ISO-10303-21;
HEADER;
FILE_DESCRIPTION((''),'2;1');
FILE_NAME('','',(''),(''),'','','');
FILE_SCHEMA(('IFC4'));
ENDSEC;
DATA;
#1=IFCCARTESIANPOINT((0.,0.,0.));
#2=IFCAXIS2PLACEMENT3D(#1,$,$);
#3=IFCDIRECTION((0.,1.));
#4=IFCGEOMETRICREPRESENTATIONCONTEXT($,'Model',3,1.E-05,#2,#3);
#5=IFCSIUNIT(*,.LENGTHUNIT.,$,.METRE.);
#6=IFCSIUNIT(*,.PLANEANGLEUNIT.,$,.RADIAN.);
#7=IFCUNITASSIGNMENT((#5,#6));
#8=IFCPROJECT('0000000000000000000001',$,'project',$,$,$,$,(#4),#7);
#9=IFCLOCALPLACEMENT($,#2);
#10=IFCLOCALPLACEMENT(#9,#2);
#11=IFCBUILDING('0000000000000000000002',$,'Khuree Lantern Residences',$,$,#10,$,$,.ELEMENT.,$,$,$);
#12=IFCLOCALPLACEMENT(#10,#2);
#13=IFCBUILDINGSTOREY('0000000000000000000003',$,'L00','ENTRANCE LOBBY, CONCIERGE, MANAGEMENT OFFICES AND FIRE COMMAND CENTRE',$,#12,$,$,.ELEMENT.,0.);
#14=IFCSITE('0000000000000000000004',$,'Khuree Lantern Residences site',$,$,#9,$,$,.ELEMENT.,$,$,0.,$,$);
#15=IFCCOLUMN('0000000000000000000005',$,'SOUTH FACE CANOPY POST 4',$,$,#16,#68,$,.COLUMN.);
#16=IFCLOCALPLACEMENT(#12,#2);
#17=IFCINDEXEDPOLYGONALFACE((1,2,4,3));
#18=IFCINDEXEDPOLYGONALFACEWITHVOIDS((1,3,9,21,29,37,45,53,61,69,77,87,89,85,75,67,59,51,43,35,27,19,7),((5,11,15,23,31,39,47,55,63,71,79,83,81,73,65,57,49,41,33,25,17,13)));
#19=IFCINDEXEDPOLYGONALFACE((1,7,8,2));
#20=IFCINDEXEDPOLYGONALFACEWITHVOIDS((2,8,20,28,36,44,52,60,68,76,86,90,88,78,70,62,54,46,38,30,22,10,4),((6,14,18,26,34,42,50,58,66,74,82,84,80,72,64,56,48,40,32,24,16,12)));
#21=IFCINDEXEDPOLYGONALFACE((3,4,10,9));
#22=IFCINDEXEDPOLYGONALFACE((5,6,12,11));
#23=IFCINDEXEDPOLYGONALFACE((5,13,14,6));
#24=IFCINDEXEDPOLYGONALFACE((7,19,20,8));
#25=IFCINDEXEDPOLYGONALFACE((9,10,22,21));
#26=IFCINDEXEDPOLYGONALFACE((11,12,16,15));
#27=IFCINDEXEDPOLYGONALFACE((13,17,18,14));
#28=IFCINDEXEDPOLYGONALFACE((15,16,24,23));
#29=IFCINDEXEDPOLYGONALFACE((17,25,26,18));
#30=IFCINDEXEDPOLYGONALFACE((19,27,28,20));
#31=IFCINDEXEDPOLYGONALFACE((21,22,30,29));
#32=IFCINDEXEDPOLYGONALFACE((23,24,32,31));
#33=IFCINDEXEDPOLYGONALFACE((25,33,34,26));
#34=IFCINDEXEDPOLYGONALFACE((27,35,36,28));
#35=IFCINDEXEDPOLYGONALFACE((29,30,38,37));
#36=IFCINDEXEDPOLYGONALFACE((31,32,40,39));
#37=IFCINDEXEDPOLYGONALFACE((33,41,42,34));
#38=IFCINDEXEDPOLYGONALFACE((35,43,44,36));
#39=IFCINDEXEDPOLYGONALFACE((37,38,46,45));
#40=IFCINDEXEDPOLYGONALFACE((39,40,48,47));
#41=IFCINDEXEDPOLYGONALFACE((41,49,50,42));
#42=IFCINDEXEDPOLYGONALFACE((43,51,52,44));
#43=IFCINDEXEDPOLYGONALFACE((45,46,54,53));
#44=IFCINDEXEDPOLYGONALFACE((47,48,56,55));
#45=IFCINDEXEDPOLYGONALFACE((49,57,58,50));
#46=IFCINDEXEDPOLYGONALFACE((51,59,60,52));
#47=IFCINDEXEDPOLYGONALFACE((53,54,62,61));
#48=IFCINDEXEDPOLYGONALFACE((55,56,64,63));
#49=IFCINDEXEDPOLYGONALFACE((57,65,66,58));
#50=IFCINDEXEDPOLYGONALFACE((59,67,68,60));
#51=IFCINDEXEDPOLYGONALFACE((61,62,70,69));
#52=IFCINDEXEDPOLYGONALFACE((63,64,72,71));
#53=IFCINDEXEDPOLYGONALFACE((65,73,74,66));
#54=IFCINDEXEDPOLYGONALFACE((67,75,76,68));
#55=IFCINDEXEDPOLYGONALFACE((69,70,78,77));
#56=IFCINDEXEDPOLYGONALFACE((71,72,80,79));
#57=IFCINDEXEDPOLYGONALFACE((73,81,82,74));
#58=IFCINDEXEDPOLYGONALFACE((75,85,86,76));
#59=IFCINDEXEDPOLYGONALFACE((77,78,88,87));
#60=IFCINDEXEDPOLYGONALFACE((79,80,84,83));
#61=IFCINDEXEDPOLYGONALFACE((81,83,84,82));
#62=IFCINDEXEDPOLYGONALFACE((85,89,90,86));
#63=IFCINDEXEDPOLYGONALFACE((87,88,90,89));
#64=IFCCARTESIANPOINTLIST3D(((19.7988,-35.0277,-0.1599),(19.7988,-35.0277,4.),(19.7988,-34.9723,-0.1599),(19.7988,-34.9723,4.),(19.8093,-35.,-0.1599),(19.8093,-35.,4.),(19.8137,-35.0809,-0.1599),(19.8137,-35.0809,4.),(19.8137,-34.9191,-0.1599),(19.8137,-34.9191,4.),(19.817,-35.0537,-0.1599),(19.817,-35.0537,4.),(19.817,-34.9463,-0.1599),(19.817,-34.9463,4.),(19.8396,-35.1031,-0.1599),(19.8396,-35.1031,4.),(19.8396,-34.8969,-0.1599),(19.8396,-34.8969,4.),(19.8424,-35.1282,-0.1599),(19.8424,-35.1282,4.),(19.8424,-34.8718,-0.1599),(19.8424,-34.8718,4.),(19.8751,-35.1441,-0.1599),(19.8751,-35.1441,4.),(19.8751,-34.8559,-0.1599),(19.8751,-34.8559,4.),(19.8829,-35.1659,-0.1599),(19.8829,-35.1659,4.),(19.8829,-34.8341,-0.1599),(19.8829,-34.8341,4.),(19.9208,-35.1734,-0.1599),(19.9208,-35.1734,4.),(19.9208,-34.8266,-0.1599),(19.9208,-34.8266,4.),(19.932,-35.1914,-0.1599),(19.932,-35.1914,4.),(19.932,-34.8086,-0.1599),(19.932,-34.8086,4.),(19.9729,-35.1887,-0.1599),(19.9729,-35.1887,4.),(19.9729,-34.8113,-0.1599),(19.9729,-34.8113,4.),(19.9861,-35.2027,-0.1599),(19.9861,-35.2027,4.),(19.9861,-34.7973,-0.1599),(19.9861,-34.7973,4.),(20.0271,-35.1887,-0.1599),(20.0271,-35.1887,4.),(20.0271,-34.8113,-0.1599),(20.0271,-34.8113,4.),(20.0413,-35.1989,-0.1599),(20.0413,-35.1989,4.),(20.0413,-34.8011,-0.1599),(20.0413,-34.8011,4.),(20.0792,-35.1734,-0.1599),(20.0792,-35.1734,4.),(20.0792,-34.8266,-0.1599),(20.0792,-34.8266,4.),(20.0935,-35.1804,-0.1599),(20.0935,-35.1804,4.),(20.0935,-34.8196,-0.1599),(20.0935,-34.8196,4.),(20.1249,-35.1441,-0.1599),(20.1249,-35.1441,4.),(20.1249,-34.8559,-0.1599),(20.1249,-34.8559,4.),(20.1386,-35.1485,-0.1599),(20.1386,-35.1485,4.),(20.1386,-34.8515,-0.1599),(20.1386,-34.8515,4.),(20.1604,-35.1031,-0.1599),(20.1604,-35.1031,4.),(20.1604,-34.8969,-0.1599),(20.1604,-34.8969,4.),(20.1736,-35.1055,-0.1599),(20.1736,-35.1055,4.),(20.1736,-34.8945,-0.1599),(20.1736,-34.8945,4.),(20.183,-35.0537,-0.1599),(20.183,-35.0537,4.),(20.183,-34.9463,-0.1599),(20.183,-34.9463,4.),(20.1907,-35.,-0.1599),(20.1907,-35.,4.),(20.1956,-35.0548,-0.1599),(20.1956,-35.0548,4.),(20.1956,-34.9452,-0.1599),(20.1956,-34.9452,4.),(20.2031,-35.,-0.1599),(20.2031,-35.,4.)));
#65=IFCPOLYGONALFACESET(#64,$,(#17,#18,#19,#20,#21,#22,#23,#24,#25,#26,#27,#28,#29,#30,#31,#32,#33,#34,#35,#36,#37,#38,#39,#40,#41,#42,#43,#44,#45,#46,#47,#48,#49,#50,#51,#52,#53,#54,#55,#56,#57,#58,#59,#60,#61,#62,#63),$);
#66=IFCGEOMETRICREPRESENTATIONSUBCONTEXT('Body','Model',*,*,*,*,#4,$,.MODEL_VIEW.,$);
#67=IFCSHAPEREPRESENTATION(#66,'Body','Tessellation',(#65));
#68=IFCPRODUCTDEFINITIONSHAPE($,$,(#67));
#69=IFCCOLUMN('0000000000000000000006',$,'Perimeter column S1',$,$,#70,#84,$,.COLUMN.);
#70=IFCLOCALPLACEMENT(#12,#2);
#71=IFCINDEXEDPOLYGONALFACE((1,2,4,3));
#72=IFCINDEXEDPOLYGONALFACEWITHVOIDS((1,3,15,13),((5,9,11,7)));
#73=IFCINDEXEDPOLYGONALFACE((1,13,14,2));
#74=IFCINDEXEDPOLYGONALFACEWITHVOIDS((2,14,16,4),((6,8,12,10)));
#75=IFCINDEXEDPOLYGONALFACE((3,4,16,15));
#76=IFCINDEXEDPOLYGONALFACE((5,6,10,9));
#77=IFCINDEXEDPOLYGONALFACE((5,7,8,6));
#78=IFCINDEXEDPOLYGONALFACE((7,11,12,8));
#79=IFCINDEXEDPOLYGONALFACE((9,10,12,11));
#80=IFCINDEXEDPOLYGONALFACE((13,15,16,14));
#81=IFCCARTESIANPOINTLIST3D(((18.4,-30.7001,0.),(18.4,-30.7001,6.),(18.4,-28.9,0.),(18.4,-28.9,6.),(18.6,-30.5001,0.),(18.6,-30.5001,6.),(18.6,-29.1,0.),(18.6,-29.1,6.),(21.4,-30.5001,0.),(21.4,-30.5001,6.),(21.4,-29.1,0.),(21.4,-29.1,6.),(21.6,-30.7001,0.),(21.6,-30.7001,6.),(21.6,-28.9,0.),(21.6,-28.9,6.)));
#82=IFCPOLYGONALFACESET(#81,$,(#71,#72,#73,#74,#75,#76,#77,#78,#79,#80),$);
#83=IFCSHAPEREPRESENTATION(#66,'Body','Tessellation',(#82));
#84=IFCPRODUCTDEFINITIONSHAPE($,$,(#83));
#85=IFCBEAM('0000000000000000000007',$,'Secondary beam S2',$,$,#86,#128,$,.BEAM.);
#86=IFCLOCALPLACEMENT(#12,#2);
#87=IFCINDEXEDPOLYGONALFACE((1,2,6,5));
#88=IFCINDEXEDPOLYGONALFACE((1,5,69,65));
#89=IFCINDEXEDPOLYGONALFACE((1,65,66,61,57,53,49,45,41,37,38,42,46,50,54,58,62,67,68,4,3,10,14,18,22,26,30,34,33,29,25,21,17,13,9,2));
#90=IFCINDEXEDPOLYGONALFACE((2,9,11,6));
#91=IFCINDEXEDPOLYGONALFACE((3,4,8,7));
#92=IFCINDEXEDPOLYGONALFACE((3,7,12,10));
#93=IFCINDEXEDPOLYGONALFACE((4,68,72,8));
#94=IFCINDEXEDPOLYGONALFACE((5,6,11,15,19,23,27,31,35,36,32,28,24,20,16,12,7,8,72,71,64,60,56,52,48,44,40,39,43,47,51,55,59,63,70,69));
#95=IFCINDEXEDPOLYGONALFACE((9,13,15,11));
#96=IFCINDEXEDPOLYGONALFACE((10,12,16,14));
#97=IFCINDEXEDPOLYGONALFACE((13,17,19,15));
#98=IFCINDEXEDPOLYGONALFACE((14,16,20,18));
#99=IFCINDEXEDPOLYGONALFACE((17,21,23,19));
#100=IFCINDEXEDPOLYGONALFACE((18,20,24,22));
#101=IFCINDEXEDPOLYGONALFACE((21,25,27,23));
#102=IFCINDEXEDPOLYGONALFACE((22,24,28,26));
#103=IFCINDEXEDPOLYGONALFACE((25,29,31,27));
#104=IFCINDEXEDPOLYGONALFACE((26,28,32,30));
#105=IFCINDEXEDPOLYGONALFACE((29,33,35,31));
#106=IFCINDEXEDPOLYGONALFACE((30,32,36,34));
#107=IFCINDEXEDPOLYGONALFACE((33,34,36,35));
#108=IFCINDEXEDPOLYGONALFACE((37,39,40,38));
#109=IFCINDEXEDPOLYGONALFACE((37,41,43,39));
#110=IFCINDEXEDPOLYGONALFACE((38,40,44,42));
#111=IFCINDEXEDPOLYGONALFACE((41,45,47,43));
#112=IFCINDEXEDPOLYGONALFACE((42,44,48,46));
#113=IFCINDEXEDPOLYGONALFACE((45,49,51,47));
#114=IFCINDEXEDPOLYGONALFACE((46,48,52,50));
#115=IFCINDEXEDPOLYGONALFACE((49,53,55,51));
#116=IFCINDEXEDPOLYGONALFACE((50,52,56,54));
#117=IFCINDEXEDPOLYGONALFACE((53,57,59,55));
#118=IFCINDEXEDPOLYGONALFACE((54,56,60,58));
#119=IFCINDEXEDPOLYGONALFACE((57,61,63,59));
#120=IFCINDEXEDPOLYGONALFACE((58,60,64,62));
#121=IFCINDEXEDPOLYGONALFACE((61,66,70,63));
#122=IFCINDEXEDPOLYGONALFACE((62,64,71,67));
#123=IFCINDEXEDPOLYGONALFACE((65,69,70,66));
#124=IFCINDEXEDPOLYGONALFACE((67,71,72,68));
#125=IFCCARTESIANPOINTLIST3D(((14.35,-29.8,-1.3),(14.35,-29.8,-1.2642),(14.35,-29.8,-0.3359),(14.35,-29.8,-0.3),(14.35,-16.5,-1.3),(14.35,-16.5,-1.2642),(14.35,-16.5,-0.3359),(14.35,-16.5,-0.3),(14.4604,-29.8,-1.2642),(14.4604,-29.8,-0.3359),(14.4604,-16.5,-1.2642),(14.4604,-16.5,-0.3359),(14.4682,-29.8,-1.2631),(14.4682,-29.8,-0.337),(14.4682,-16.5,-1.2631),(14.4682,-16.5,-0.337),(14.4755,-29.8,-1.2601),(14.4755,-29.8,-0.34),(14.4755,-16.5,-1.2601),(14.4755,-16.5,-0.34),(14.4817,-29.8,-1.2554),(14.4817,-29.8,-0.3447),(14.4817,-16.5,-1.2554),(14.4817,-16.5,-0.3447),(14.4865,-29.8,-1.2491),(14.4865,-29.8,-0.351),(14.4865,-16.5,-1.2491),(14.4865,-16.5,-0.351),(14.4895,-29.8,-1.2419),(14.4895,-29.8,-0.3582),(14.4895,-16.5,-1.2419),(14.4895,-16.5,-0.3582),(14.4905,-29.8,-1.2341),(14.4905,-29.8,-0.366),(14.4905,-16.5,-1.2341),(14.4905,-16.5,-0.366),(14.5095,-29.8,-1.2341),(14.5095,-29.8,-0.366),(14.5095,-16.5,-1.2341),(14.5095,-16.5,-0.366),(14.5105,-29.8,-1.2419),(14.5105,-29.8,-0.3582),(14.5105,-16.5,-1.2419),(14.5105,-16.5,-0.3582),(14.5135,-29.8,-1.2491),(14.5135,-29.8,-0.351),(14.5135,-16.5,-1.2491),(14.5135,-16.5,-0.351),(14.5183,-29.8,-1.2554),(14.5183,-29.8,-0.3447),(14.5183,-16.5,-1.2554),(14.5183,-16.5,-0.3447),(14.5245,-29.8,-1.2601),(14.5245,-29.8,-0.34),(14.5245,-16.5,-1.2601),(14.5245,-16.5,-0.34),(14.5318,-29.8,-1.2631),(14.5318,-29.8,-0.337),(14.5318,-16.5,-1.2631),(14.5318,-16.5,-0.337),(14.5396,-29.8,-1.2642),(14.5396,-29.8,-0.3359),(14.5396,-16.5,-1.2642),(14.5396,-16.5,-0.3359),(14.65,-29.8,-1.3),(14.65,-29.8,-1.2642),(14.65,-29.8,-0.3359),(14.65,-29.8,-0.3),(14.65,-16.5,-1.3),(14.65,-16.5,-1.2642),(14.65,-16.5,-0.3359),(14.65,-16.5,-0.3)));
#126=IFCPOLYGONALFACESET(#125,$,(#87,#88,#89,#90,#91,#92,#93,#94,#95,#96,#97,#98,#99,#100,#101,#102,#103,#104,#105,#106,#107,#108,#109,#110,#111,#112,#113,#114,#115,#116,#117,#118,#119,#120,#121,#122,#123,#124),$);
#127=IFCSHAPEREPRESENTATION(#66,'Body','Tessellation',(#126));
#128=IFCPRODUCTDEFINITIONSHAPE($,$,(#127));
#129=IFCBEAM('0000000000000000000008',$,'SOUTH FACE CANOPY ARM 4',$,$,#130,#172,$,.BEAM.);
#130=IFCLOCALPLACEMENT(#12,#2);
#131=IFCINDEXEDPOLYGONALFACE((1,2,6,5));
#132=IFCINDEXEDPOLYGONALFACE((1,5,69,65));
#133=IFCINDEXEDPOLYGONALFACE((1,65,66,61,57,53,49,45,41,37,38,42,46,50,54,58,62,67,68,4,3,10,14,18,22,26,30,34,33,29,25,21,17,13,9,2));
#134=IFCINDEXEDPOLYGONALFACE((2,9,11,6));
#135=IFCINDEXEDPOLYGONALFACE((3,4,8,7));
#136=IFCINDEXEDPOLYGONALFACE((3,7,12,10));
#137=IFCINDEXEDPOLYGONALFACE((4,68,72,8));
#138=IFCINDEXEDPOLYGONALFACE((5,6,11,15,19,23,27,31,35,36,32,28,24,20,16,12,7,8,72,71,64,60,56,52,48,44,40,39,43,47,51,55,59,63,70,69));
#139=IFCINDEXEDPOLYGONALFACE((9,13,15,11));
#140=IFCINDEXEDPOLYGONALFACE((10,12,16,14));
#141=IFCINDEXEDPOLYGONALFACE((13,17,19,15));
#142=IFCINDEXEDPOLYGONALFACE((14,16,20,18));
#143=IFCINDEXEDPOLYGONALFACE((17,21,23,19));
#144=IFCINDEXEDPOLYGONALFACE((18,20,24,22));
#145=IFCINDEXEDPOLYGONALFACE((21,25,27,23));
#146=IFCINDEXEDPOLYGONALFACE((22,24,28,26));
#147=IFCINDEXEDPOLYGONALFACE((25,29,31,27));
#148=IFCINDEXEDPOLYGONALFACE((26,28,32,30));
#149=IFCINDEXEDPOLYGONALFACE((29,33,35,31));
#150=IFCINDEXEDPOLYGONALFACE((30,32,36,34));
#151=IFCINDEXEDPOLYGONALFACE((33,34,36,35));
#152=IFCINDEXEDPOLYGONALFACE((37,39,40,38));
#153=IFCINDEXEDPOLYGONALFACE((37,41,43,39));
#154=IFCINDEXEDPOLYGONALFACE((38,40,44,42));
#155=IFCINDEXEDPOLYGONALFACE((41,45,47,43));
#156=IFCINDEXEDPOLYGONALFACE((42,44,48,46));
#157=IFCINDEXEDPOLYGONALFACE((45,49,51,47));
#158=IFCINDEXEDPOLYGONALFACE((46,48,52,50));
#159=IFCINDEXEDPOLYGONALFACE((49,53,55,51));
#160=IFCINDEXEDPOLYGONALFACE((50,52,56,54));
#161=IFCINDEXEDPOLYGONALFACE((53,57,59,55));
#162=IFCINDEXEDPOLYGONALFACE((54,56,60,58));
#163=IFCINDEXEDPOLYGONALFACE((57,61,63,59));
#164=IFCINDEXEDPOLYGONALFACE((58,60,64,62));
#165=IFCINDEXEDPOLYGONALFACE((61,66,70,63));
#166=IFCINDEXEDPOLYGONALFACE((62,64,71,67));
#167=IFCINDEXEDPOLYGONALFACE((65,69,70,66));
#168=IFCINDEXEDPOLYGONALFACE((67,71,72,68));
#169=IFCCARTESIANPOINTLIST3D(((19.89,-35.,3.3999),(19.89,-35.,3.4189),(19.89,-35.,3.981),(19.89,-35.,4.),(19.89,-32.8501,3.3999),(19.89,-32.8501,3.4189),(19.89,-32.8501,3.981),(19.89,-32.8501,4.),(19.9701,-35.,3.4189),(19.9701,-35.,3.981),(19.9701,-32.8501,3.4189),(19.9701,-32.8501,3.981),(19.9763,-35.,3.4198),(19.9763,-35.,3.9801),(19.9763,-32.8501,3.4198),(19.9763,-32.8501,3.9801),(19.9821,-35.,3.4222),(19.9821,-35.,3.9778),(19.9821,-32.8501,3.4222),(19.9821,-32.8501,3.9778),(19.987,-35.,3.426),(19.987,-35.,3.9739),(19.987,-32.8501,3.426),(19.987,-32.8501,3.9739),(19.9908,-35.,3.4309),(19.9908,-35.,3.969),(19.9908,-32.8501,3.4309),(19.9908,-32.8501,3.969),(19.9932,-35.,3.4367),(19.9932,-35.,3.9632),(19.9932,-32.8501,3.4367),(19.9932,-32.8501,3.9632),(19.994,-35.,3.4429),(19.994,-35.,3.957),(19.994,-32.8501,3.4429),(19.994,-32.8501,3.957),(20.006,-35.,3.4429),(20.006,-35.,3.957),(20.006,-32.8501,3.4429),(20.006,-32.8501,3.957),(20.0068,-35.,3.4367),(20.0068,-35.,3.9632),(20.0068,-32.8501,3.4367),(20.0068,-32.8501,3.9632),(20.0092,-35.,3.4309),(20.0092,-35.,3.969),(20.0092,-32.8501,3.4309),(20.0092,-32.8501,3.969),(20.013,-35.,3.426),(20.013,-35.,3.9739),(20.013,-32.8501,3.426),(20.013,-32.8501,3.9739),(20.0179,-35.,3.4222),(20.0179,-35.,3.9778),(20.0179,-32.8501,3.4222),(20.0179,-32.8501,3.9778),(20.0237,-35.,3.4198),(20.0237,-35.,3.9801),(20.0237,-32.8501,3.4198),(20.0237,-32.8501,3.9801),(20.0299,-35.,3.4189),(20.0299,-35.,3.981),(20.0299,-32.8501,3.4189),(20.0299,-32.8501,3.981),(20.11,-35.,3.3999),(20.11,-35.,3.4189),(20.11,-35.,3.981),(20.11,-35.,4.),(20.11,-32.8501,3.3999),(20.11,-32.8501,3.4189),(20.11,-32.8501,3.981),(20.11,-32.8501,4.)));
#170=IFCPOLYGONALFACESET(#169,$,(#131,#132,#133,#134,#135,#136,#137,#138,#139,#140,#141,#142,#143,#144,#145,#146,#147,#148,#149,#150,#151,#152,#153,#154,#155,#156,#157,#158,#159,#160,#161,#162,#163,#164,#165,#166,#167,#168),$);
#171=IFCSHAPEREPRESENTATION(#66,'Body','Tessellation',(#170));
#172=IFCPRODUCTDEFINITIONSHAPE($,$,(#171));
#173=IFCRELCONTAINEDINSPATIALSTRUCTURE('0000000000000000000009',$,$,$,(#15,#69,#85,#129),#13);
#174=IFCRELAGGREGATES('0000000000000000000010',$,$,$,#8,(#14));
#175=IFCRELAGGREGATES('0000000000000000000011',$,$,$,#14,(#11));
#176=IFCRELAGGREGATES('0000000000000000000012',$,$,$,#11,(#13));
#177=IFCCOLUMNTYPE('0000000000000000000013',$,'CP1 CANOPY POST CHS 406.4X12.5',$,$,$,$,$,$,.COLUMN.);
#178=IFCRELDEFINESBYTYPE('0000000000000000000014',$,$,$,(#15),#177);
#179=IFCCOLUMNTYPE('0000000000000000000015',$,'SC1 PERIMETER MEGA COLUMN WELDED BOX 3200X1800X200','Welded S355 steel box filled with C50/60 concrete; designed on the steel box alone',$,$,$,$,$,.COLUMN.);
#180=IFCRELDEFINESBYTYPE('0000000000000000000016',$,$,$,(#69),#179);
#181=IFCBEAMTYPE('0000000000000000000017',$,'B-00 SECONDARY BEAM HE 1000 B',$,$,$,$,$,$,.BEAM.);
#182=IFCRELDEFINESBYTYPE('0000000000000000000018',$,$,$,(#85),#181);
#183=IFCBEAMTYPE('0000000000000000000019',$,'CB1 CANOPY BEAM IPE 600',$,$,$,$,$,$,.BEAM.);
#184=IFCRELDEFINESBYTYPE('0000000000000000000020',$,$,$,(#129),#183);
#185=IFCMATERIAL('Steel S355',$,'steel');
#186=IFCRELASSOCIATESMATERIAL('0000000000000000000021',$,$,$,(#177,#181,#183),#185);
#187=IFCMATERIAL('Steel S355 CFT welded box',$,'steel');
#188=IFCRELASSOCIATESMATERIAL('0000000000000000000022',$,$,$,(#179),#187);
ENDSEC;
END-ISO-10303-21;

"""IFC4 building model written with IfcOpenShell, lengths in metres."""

from ifc_helpers import new_model, si_unit, direction, frame, origin, origin_2d, place, context, subcontext, project, spatial, hollow_rectangle, hollow_circle, i_section, extrude, material, material_profile, profile_set, type_object, element, save


model = new_model("IFC4")

# Units and contexts
model_context = context("Model", 3, precision=1e-05, world=origin(), true_north=direction((0.0, 1.0)))
body_context = subcontext(model_context, "Body", "Model", "MODEL_VIEW")
ifc_project = project(units=[si_unit("LENGTHUNIT", "METRE"), si_unit("PLANEANGLEUNIT", "RADIAN")], contexts=[model_context])

# Site, building, storey
site_placement = place(None, origin())
site = spatial("IfcSite", under=ifc_project, at=site_placement, Name="Khuree Lantern Residences site", CompositionType="ELEMENT", RefElevation=0.0)
building_placement = place(site_placement, origin())
building = spatial("IfcBuilding", under=site, at=building_placement, Name="Khuree Lantern Residences", CompositionType="ELEMENT")
storey_placement = place(building_placement, origin())
storey = spatial("IfcBuildingStorey", under=building, at=storey_placement, Name="L00", Description="ENTRANCE LOBBY, CONCIERGE, MANAGEMENT OFFICES AND FIRE COMMAND CENTRE", CompositionType="ELEMENT", Elevation=0.0)

# Columns
ifc_material_1 = material(Name="Steel S355", Category="steel")
ifc_material_profile_1 = material_profile(ifc_material_1, hollow_circle(Radius=0.2031, WallThickness=0.0125, at=origin_2d()), Name="CHS 406.4X12.5")
ifc_profile_set_1 = profile_set([ifc_material_profile_1], Name="Steel S355")
column_type_1 = type_object("IfcColumnType", Name="CP1 CANOPY POST CHS 406.4X12.5", PredefinedType="COLUMN", material=ifc_profile_set_1)
column_1_placement = place(storey_placement, frame((20.0, -35.0, -0.1599), z_axis=(0.0, 0.0, 1.0), x_axis=(1.0, 0.0, 0.0)))
element("IfcColumn", 1, at=column_1_placement, inside=storey, type_object=column_type_1, Name="SOUTH FACE CANOPY POST 4", PredefinedType="COLUMN", context=body_context, shape_type="SweptSolid", body=[
    extrude(hollow_circle(Radius=0.2031, WallThickness=0.0125, at=origin_2d()), origin(), (0.0, 0.0, 1.0), 4.1599),
])
ifc_material_2 = material(Name="Steel S355 CFT welded box", Category="steel")
ifc_material_profile_2 = material_profile(ifc_material_2, hollow_rectangle(XDim=3.2, YDim=1.8, WallThickness=0.2, at=origin_2d()), Name="WELDED BOX 3200X1800X200")
ifc_profile_set_2 = profile_set([ifc_material_profile_2], Name="Steel S355 CFT welded box")
column_type_2 = type_object("IfcColumnType", Name="SC1 PERIMETER MEGA COLUMN WELDED BOX 3200X1800X200", Description="Welded S355 steel box filled with C50/60 concrete; designed on the steel box alone", PredefinedType="COLUMN", material=ifc_profile_set_2)
column_2_placement = place(storey_placement, frame((20.0, -29.8, 0.0), z_axis=(0.0, 0.0, 1.0), x_axis=(1.0, 0.0, 0.0)))
element("IfcColumn", 2, at=column_2_placement, inside=storey, type_object=column_type_2, Name="Perimeter column S1", PredefinedType="COLUMN", context=body_context, shape_type="SweptSolid", body=[
    extrude(hollow_rectangle(XDim=3.2, YDim=1.8, WallThickness=0.2, at=origin_2d()), origin(), (0.0, 0.0, 1.0), 6.0),
])

# Beams
ifc_material_profile_3 = material_profile(ifc_material_1, i_section(OverallWidth=0.3, OverallDepth=1.0, WebThickness=0.019, FlangeThickness=0.0359, FilletRadius=0.03, at=origin_2d()), Name="HE 1000 B")
ifc_profile_set_3 = profile_set([ifc_material_profile_3], Name="Steel S355")
beam_type_1 = type_object("IfcBeamType", Name="B-00 SECONDARY BEAM HE 1000 B", PredefinedType="BEAM", material=ifc_profile_set_3)
beam_1_placement = place(storey_placement, frame((14.5, -29.8, -0.8), z_axis=(0.0, 1.0, 0.0), x_axis=(-1.0, 0.0, 0.0)))
element("IfcBeam", 3, at=beam_1_placement, inside=storey, type_object=beam_type_1, Name="Secondary beam S2", PredefinedType="BEAM", context=body_context, shape_type="SweptSolid", body=[
    extrude(i_section(OverallWidth=0.3, OverallDepth=1.0, WebThickness=0.019, FlangeThickness=0.0359, FilletRadius=0.03, at=origin_2d()), origin(), (0.0, 0.0, 1.0), 13.3),
])
ifc_material_profile_4 = material_profile(ifc_material_1, i_section(OverallWidth=0.22, OverallDepth=0.6001, WebThickness=0.012, FlangeThickness=0.019, FilletRadius=0.0239, at=origin_2d()), Name="IPE 600")
ifc_profile_set_4 = profile_set([ifc_material_profile_4], Name="Steel S355")
beam_type_2 = type_object("IfcBeamType", Name="CB1 CANOPY BEAM IPE 600", PredefinedType="BEAM", material=ifc_profile_set_4)
beam_2_placement = place(storey_placement, frame((20.0, -35.0, 3.7), z_axis=(0.0, 1.0, 0.0), x_axis=(-1.0, 0.0, 0.0)))
element("IfcBeam", 4, at=beam_2_placement, inside=storey, type_object=beam_type_2, Name="SOUTH FACE CANOPY ARM 4", PredefinedType="BEAM", context=body_context, shape_type="SweptSolid", body=[
    extrude(i_section(OverallWidth=0.22, OverallDepth=0.6001, WebThickness=0.012, FlangeThickness=0.019, FilletRadius=0.0239, at=origin_2d()), origin(), (0.0, 0.0, 1.0), 2.1499),
])

save(model, "model.ifc")
